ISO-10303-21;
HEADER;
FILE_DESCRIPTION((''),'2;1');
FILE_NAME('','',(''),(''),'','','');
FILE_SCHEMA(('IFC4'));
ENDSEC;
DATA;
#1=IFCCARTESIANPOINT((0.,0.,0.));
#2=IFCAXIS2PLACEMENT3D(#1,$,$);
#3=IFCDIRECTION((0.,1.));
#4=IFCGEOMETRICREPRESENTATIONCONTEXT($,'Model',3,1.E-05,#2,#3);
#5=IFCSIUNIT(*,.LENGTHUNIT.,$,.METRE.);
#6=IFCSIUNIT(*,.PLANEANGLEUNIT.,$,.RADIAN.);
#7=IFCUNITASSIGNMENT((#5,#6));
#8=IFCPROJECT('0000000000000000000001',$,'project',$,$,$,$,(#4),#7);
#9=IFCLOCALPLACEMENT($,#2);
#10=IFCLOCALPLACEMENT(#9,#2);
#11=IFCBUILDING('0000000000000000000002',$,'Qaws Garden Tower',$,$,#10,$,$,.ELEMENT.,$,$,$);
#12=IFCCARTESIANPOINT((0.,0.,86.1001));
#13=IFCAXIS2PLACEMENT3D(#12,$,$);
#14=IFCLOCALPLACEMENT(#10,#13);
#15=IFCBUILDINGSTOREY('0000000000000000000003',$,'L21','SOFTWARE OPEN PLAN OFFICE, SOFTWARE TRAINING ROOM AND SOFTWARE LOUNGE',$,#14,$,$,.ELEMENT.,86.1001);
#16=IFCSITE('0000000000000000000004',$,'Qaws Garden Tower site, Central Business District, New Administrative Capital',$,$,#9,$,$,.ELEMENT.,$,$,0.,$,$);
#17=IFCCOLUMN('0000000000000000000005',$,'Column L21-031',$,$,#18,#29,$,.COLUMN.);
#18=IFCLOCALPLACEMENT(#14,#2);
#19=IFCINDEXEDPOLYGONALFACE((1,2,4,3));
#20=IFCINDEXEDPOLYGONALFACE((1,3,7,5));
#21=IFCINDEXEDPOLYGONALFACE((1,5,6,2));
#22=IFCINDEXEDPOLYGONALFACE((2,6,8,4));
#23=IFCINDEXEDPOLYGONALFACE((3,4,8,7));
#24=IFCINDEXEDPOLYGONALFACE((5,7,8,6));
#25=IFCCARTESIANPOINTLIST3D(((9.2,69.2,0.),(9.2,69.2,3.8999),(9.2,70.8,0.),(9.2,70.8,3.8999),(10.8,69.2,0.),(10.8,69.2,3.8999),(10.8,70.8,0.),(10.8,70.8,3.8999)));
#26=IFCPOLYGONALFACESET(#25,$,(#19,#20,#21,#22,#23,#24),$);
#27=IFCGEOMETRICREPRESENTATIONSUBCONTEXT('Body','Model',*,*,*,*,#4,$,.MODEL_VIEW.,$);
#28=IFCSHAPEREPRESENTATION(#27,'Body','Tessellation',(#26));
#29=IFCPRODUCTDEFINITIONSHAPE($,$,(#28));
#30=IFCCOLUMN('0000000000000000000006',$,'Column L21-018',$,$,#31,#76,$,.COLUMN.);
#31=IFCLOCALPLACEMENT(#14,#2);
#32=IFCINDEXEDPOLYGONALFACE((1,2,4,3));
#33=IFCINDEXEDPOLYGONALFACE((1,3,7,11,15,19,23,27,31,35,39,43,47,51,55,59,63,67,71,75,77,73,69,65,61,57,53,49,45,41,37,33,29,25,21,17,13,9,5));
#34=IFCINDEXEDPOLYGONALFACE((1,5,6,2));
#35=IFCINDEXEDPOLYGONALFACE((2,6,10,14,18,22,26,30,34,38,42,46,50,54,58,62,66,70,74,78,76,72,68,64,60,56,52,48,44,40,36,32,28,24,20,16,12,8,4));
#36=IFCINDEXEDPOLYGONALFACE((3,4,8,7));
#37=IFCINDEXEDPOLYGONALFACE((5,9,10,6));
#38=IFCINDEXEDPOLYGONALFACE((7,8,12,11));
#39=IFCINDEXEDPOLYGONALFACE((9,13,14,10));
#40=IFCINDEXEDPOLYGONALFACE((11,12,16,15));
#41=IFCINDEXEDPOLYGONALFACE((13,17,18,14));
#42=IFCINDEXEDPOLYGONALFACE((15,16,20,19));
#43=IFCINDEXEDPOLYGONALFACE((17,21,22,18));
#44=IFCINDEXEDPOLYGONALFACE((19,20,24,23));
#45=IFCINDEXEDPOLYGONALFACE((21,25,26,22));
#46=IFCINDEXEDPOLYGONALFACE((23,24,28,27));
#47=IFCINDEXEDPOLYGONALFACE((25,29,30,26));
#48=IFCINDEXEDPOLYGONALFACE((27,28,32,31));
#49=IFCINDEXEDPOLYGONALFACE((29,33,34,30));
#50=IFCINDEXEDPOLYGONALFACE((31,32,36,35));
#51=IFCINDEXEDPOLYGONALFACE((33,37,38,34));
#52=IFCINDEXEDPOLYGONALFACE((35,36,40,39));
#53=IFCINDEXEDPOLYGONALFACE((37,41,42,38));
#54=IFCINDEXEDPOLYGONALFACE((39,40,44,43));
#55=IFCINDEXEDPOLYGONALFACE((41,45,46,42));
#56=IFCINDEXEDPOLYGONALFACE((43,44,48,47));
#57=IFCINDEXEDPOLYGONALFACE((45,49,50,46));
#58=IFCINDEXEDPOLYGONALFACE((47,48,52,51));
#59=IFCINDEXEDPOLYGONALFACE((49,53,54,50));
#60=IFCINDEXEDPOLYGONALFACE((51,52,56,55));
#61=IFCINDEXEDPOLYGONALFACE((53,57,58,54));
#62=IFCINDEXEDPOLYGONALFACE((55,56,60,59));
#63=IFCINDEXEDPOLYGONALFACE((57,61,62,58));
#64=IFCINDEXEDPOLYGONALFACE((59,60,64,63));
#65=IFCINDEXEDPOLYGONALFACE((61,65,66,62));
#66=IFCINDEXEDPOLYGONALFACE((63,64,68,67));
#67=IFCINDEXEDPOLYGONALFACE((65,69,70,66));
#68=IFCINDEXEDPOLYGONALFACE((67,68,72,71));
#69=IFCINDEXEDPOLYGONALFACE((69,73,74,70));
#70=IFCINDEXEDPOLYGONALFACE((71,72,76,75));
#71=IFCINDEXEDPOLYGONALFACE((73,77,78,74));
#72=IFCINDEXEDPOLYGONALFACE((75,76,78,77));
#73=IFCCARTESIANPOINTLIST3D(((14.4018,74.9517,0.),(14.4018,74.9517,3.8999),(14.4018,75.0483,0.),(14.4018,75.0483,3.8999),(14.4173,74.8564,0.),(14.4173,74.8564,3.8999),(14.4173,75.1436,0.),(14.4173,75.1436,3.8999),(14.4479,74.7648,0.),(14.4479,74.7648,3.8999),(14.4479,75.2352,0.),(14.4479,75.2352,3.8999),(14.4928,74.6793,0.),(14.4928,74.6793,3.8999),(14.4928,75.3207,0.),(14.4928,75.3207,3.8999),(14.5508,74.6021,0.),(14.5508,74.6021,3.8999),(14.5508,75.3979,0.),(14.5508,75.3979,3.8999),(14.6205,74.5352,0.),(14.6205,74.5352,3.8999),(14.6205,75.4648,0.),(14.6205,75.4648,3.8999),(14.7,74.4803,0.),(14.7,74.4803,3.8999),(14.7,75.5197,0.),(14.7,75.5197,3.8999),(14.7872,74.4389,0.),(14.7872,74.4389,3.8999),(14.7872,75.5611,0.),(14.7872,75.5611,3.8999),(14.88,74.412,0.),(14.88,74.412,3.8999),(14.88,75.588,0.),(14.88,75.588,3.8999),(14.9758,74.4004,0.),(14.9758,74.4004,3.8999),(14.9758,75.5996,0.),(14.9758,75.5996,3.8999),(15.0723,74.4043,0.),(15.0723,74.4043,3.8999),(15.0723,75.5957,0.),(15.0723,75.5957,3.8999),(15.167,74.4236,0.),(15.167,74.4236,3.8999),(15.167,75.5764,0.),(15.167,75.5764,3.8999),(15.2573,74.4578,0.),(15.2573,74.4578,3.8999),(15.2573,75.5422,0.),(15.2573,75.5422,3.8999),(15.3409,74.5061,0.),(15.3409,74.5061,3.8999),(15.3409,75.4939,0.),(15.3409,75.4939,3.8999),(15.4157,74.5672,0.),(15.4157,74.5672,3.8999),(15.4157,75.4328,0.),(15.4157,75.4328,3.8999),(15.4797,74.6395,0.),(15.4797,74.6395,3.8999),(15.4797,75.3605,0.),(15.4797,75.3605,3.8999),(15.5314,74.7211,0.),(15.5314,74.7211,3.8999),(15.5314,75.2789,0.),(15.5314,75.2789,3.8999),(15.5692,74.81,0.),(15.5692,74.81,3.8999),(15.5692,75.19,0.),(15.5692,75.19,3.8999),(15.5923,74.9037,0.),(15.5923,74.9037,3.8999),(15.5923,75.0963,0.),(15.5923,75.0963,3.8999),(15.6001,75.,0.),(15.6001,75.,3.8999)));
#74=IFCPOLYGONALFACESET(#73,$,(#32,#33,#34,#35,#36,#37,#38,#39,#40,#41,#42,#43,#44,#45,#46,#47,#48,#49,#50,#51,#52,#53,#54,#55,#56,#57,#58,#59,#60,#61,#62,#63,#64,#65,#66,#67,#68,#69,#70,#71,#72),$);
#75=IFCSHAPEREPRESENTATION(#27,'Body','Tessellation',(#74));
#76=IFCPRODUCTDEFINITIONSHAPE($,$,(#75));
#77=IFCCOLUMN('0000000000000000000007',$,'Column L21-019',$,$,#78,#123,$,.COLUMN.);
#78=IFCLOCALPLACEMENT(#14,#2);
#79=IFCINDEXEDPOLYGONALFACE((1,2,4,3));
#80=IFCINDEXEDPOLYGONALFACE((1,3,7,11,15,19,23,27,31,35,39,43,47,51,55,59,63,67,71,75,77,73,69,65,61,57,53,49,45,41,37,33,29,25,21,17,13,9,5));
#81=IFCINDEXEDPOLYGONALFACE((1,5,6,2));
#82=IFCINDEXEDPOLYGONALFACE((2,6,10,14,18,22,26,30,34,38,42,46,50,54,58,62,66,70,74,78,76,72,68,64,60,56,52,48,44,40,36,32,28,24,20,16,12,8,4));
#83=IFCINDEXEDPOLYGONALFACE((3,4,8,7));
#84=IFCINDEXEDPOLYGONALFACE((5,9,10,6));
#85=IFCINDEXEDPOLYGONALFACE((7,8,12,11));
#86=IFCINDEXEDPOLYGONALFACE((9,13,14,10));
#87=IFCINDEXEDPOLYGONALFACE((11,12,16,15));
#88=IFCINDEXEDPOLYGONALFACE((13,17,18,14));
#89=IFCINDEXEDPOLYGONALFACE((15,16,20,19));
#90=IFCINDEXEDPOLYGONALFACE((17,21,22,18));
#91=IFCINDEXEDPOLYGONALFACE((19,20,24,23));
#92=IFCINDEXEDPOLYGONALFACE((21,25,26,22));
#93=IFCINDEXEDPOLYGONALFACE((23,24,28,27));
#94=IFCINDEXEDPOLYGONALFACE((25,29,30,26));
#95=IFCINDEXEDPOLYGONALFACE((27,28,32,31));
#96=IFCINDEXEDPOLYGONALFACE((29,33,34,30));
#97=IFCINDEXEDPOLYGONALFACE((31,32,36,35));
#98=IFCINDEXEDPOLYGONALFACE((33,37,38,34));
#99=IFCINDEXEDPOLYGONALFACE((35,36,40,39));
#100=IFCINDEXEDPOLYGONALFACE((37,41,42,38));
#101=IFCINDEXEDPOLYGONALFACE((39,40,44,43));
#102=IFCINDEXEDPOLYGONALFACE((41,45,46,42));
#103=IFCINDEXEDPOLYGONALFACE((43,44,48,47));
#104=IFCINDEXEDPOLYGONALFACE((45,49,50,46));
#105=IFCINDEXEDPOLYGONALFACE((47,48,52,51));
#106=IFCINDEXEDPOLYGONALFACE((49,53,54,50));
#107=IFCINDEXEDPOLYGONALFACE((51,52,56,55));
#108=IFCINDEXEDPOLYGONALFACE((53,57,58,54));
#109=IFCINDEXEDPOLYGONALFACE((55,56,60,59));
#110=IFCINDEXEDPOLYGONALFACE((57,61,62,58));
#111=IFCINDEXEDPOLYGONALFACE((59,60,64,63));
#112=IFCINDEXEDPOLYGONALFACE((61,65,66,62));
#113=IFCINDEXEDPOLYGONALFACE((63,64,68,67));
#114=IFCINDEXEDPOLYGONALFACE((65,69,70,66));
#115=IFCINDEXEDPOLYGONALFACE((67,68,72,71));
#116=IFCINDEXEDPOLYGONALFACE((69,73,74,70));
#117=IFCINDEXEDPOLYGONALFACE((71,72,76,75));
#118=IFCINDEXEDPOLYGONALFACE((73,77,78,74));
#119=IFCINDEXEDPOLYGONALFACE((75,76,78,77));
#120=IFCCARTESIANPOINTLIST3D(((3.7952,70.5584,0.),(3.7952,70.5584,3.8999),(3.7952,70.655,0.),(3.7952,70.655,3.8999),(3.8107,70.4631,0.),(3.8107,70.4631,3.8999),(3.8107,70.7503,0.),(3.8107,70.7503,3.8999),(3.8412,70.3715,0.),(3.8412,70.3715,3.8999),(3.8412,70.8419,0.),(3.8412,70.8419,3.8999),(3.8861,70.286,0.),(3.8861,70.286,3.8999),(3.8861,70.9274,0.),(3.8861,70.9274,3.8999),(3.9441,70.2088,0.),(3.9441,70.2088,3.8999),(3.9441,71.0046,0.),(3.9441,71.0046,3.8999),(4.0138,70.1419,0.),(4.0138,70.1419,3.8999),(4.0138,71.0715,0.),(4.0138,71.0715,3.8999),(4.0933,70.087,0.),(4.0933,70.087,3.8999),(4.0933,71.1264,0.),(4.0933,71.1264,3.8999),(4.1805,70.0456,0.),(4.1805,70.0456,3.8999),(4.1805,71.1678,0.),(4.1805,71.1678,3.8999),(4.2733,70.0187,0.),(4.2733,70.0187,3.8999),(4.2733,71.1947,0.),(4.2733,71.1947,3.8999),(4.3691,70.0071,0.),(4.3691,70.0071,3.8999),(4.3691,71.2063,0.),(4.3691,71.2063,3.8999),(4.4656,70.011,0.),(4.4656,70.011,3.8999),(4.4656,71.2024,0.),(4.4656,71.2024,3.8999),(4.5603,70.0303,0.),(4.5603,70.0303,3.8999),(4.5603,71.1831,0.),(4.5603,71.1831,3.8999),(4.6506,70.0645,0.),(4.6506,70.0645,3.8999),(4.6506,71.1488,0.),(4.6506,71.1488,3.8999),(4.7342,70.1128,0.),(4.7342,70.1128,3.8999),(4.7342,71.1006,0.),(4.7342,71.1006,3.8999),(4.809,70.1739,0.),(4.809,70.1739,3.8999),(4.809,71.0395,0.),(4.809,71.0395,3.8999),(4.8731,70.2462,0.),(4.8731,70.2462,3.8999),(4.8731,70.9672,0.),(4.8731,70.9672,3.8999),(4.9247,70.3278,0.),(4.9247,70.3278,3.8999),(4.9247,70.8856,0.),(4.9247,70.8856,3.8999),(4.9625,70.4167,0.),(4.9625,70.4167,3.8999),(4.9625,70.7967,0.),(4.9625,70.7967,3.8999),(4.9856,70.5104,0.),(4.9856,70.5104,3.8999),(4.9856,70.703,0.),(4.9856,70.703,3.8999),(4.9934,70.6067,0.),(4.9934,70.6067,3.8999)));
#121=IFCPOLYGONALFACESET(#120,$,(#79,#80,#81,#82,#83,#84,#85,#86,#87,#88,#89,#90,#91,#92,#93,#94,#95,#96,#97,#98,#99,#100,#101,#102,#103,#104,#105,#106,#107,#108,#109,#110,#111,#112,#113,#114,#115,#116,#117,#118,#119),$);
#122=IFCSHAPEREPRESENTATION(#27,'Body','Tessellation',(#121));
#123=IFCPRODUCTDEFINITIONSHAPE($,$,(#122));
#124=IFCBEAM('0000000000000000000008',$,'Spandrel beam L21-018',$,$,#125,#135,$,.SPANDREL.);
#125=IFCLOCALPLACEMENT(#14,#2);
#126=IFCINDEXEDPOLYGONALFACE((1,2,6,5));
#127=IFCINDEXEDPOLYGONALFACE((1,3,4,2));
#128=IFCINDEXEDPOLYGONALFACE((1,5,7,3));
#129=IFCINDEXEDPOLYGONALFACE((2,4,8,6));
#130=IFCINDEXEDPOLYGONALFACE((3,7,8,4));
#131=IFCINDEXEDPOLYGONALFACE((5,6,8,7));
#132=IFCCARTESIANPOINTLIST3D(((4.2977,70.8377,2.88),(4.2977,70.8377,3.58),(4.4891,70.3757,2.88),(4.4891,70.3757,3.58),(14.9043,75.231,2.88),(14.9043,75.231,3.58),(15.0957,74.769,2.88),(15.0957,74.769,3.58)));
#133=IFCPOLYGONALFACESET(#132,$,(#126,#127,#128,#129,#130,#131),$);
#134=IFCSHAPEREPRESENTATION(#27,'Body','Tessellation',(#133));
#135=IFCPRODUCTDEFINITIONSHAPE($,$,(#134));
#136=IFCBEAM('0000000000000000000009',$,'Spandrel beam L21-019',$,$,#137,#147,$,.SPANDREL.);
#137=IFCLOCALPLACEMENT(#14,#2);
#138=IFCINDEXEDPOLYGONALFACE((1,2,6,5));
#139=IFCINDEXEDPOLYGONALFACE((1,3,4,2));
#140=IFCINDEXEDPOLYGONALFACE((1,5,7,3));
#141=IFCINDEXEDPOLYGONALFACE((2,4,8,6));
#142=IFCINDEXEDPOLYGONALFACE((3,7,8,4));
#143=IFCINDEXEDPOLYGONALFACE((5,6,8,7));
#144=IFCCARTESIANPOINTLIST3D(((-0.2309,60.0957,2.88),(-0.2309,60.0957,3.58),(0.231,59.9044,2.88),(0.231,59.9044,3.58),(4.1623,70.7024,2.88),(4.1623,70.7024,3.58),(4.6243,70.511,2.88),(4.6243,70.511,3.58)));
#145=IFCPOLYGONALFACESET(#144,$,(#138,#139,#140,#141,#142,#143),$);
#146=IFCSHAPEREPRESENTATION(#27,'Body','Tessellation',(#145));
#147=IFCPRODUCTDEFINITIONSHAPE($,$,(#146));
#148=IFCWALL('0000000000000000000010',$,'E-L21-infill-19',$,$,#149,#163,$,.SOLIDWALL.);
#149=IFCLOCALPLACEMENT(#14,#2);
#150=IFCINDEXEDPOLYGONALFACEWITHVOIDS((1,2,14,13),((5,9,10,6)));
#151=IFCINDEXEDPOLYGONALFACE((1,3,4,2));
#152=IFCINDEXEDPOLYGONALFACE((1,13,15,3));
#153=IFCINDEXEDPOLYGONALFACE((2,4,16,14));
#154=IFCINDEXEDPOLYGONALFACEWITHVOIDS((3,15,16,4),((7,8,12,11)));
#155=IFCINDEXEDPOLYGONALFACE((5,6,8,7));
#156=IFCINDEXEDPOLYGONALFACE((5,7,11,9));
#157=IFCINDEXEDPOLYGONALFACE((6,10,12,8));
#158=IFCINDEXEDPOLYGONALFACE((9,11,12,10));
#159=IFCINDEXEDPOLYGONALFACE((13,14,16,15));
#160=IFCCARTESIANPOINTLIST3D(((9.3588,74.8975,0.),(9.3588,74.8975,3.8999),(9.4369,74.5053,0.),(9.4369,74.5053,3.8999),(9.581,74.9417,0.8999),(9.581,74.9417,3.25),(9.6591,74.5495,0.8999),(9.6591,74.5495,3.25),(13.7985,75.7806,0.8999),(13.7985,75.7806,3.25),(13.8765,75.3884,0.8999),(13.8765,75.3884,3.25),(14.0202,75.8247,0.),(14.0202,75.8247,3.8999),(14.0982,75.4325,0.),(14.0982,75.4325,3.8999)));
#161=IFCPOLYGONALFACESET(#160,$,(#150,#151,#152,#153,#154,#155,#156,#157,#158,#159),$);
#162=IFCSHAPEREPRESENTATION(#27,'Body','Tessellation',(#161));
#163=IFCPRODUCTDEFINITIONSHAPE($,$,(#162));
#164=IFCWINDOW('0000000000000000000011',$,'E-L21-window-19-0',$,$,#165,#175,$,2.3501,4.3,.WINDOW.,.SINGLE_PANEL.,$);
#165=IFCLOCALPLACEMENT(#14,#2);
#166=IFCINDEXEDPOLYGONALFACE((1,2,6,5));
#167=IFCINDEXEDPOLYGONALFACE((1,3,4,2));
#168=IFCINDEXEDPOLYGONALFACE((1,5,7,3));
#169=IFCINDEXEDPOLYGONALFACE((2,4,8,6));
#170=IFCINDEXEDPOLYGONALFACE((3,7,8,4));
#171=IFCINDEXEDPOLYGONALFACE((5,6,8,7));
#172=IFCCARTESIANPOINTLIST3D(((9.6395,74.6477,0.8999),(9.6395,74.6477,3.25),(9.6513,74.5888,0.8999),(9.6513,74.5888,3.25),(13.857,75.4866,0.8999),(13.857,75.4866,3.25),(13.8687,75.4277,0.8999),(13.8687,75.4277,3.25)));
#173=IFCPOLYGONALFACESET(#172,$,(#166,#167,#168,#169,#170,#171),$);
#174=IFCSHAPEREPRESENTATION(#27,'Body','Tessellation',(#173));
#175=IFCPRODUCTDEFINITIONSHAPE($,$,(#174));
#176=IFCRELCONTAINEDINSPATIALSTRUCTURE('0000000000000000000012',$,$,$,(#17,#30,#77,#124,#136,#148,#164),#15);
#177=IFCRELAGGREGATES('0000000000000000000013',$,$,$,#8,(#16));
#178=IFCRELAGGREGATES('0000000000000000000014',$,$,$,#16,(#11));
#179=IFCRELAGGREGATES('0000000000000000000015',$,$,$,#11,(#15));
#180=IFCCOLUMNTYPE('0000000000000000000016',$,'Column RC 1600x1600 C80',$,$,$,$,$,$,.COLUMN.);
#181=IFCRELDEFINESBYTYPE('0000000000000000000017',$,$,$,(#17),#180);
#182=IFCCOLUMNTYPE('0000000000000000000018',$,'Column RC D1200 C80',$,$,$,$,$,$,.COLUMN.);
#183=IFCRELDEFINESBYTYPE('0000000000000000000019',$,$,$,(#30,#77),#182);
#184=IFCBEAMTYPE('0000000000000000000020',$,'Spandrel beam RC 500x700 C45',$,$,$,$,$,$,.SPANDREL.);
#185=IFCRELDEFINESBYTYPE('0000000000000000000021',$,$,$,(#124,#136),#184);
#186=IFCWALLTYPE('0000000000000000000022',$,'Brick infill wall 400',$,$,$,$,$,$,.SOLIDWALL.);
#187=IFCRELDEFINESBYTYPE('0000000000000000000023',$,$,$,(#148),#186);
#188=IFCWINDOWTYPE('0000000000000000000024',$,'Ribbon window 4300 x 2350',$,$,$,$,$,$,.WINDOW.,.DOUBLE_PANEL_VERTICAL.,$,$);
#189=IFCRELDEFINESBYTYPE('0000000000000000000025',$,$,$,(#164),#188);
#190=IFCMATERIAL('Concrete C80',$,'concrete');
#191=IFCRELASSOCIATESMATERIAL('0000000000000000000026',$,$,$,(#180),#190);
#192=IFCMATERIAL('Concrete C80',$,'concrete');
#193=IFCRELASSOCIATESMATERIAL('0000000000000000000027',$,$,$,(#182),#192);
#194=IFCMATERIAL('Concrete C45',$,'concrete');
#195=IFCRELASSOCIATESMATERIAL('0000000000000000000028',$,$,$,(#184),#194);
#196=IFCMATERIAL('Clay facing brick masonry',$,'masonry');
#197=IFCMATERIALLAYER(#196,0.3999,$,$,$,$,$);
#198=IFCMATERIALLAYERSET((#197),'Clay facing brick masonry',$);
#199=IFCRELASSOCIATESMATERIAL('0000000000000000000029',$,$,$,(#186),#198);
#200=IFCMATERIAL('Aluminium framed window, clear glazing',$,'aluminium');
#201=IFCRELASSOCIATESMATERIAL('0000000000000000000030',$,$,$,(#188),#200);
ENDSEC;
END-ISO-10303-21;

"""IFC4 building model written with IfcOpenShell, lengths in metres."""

from ifc_helpers import new_model, si_unit, direction, frame, frame_2d, origin, origin_2d, place, context, subcontext, project, spatial, rectangle, circle, extrude, material, layer, layer_set, material_profile, profile_set, type_object, element, fill, save


model = new_model("IFC4")

# Units and contexts
model_context = context("Model", 3, precision=1e-05, world=origin(), true_north=direction((0.0, 1.0)))
body_context = subcontext(model_context, "Body", "Model", "MODEL_VIEW")
ifc_project = project(units=[si_unit("LENGTHUNIT", "METRE"), si_unit("PLANEANGLEUNIT", "RADIAN")], contexts=[model_context])

# Site, building, storey
site_placement = place(None, origin())
site = spatial("IfcSite", under=ifc_project, at=site_placement, Name="Qaws Garden Tower site, Central Business District, New Administrative Capital", CompositionType="ELEMENT", RefElevation=0.0)
building_placement = place(site_placement, origin())
building = spatial("IfcBuilding", under=site, at=building_placement, Name="Qaws Garden Tower", CompositionType="ELEMENT")
storey_placement = place(building_placement, frame((0.0, 0.0, 86.1001)))
storey = spatial("IfcBuildingStorey", under=building, at=storey_placement, Name="L21", Description="SOFTWARE OPEN PLAN OFFICE, SOFTWARE TRAINING ROOM AND SOFTWARE LOUNGE", CompositionType="ELEMENT", Elevation=86.1001)

# Columns
ifc_material_1 = material(Name="Concrete C80", Category="concrete")
ifc_material_profile_1 = material_profile(ifc_material_1, rectangle(XDim=1.6001, YDim=1.6001, at=origin_2d()), Name="RC 1600x1600")
ifc_profile_set_1 = profile_set([ifc_material_profile_1], Name="Concrete C80")
column_type_1 = type_object("IfcColumnType", Name="Column RC 1600x1600 C80", PredefinedType="COLUMN", material=ifc_profile_set_1)
column_placement = place(storey_placement, frame((10.0, 70.0, 0.0), z_axis=(0.0, 0.0, 1.0), x_axis=(1.0, 0.0, 0.0)))
element("IfcColumn", 1, at=column_placement, inside=storey, type_object=column_type_1, Name="Column L21-031", PredefinedType="COLUMN", context=body_context, shape_type="SweptSolid", body=[
    extrude(rectangle(XDim=1.6001, YDim=1.6001, at=origin_2d()), origin(), (0.0, 0.0, 1.0), 3.8999),
])
ifc_material_2 = material(Name="Concrete C80", Category="concrete")
ifc_material_profile_2 = material_profile(ifc_material_2, circle(Radius=0.6001, at=origin_2d()), Name="RC D1200")
ifc_profile_set_2 = profile_set([ifc_material_profile_2], Name="Concrete C80")
column_type_2 = type_object("IfcColumnType", Name="Column RC D1200 C80", PredefinedType="COLUMN", material=ifc_profile_set_2)
for number, where, z_axis, x_axis, name in (
    (2, (15.0, 75.0, 0.0), (0.0, 0.0, 1.0), (1.0, 0.0, 0.0), "Column L21-018"),
    (3, (4.3933, 70.6067, 0.0), (0.0, 0.0, 1.0), (1.0, 0.0, 0.0), "Column L21-019"),
):
    element("IfcColumn", number, at=place(storey_placement, frame(where, z_axis=z_axis, x_axis=x_axis)), inside=storey, type_object=column_type_2, Name=name, PredefinedType="COLUMN", context=body_context, shape_type="SweptSolid", body=[
        extrude(circle(Radius=0.6001, at=origin_2d()), origin(), (0.0, 0.0, 1.0), 3.8999),
    ])

# Beams
ifc_material_3 = material(Name="Concrete C45", Category="concrete")
ifc_material_profile_3 = material_profile(ifc_material_3, rectangle(XDim=0.5, YDim=0.7, at=origin_2d()), Name="RC 500x700")
ifc_profile_set_3 = profile_set([ifc_material_profile_3], Name="Concrete C45")
beam_type = type_object("IfcBeamType", Name="Spandrel beam RC 500x700 C45", PredefinedType="SPANDREL", material=ifc_profile_set_3)
for number, where, z_axis, x_axis, name in (
    (4, (15.0, 75.0, 3.23), (-0.923883, -0.382674, 0.0), (0.382674, -0.923883, 0.0), "Spandrel beam L21-018"),
    (5, (4.3933, 70.6067, 3.23), (-0.382674, -0.923883, 0.0), (0.923883, -0.382674, 0.0), "Spandrel beam L21-019"),
):
    element("IfcBeam", number, at=place(storey_placement, frame(where, z_axis=z_axis, x_axis=x_axis)), inside=storey, type_object=beam_type, Name=name, PredefinedType="SPANDREL", context=body_context, shape_type="SweptSolid", body=[
        extrude(rectangle(XDim=0.5, YDim=0.7, at=origin_2d()), origin(), (0.0, 0.0, 1.0), 11.4805),
    ])

# Wall, opening, window
ifc_material_4 = material(Name="Clay facing brick masonry", Category="masonry")
ifc_layer_1 = layer(ifc_material_4, 0.3999)
ifc_layer_set_1 = layer_set([ifc_layer_1], Name="Clay facing brick masonry")
wall_type_1 = type_object("IfcWallType", Name="Brick infill wall 400", PredefinedType="SOLIDWALL", material=ifc_layer_set_1)
wall_1_placement = place(storey_placement, frame((14.0593, 75.6287, 0.0), z_axis=(0.0, 0.0, 1.0), x_axis=(-0.980784, -0.195099, 0.0)))
wall_1 = element("IfcWall", 6, at=wall_1_placement, inside=storey, type_object=wall_type_1, Name="E-L21-infill-19", PredefinedType="SOLIDWALL", context=body_context, shape_type="SweptSolid", body=[
    extrude(rectangle(XDim=4.7527, YDim=0.3999, at=frame_2d((2.3765, 0.0))), origin(), (0.0, 0.0, 1.0), 3.8999),
])
opening_1_placement = place(wall_1_placement, frame((0.2263, 0.0, 0.8999)))
opening_1 = element("IfcOpeningElement", 7, at=opening_1_placement, cuts=wall_1, PredefinedType="OPENING", context=body_context, shape_type="SweptSolid", body=[
    extrude(rectangle(XDim=4.3, YDim=2.3501, at=frame_2d((2.1499, 1.175))), frame((0.0, 0.21, 0.0), z_axis=(0.0, -1.0, 0.0), x_axis=(1.0, 0.0, 0.0)), (0.0, 0.0, 1.0), 0.4199),
])
ifc_material_5 = material(Name="Aluminium framed window, clear glazing", Category="aluminium")
window_type = type_object("IfcWindowType", Name="Ribbon window 4300 x 2350", PartitioningType="DOUBLE_PANEL_VERTICAL", PredefinedType="WINDOW", material=ifc_material_5)
window_1_placement = place(opening_1_placement, origin())
window_1 = element("IfcWindow", 8, at=window_1_placement, inside=storey, type_object=window_type, Name="E-L21-window-19-0", OverallHeight=2.3501, OverallWidth=4.3, PartitioningType="SINGLE_PANEL", PredefinedType="WINDOW", context=body_context, shape_type="SweptSolid", body=[
    extrude(rectangle(XDim=4.3, YDim=2.3501, at=frame_2d((2.1499, 1.175))), frame((0.0, 0.1599, 0.0), z_axis=(0.0, -1.0, 0.0), x_axis=(1.0, 0.0, 0.0)), (0.0, 0.0, 1.0), 0.0601),
])
fill(opening_1, window_1)

save(model, "model.ifc")
